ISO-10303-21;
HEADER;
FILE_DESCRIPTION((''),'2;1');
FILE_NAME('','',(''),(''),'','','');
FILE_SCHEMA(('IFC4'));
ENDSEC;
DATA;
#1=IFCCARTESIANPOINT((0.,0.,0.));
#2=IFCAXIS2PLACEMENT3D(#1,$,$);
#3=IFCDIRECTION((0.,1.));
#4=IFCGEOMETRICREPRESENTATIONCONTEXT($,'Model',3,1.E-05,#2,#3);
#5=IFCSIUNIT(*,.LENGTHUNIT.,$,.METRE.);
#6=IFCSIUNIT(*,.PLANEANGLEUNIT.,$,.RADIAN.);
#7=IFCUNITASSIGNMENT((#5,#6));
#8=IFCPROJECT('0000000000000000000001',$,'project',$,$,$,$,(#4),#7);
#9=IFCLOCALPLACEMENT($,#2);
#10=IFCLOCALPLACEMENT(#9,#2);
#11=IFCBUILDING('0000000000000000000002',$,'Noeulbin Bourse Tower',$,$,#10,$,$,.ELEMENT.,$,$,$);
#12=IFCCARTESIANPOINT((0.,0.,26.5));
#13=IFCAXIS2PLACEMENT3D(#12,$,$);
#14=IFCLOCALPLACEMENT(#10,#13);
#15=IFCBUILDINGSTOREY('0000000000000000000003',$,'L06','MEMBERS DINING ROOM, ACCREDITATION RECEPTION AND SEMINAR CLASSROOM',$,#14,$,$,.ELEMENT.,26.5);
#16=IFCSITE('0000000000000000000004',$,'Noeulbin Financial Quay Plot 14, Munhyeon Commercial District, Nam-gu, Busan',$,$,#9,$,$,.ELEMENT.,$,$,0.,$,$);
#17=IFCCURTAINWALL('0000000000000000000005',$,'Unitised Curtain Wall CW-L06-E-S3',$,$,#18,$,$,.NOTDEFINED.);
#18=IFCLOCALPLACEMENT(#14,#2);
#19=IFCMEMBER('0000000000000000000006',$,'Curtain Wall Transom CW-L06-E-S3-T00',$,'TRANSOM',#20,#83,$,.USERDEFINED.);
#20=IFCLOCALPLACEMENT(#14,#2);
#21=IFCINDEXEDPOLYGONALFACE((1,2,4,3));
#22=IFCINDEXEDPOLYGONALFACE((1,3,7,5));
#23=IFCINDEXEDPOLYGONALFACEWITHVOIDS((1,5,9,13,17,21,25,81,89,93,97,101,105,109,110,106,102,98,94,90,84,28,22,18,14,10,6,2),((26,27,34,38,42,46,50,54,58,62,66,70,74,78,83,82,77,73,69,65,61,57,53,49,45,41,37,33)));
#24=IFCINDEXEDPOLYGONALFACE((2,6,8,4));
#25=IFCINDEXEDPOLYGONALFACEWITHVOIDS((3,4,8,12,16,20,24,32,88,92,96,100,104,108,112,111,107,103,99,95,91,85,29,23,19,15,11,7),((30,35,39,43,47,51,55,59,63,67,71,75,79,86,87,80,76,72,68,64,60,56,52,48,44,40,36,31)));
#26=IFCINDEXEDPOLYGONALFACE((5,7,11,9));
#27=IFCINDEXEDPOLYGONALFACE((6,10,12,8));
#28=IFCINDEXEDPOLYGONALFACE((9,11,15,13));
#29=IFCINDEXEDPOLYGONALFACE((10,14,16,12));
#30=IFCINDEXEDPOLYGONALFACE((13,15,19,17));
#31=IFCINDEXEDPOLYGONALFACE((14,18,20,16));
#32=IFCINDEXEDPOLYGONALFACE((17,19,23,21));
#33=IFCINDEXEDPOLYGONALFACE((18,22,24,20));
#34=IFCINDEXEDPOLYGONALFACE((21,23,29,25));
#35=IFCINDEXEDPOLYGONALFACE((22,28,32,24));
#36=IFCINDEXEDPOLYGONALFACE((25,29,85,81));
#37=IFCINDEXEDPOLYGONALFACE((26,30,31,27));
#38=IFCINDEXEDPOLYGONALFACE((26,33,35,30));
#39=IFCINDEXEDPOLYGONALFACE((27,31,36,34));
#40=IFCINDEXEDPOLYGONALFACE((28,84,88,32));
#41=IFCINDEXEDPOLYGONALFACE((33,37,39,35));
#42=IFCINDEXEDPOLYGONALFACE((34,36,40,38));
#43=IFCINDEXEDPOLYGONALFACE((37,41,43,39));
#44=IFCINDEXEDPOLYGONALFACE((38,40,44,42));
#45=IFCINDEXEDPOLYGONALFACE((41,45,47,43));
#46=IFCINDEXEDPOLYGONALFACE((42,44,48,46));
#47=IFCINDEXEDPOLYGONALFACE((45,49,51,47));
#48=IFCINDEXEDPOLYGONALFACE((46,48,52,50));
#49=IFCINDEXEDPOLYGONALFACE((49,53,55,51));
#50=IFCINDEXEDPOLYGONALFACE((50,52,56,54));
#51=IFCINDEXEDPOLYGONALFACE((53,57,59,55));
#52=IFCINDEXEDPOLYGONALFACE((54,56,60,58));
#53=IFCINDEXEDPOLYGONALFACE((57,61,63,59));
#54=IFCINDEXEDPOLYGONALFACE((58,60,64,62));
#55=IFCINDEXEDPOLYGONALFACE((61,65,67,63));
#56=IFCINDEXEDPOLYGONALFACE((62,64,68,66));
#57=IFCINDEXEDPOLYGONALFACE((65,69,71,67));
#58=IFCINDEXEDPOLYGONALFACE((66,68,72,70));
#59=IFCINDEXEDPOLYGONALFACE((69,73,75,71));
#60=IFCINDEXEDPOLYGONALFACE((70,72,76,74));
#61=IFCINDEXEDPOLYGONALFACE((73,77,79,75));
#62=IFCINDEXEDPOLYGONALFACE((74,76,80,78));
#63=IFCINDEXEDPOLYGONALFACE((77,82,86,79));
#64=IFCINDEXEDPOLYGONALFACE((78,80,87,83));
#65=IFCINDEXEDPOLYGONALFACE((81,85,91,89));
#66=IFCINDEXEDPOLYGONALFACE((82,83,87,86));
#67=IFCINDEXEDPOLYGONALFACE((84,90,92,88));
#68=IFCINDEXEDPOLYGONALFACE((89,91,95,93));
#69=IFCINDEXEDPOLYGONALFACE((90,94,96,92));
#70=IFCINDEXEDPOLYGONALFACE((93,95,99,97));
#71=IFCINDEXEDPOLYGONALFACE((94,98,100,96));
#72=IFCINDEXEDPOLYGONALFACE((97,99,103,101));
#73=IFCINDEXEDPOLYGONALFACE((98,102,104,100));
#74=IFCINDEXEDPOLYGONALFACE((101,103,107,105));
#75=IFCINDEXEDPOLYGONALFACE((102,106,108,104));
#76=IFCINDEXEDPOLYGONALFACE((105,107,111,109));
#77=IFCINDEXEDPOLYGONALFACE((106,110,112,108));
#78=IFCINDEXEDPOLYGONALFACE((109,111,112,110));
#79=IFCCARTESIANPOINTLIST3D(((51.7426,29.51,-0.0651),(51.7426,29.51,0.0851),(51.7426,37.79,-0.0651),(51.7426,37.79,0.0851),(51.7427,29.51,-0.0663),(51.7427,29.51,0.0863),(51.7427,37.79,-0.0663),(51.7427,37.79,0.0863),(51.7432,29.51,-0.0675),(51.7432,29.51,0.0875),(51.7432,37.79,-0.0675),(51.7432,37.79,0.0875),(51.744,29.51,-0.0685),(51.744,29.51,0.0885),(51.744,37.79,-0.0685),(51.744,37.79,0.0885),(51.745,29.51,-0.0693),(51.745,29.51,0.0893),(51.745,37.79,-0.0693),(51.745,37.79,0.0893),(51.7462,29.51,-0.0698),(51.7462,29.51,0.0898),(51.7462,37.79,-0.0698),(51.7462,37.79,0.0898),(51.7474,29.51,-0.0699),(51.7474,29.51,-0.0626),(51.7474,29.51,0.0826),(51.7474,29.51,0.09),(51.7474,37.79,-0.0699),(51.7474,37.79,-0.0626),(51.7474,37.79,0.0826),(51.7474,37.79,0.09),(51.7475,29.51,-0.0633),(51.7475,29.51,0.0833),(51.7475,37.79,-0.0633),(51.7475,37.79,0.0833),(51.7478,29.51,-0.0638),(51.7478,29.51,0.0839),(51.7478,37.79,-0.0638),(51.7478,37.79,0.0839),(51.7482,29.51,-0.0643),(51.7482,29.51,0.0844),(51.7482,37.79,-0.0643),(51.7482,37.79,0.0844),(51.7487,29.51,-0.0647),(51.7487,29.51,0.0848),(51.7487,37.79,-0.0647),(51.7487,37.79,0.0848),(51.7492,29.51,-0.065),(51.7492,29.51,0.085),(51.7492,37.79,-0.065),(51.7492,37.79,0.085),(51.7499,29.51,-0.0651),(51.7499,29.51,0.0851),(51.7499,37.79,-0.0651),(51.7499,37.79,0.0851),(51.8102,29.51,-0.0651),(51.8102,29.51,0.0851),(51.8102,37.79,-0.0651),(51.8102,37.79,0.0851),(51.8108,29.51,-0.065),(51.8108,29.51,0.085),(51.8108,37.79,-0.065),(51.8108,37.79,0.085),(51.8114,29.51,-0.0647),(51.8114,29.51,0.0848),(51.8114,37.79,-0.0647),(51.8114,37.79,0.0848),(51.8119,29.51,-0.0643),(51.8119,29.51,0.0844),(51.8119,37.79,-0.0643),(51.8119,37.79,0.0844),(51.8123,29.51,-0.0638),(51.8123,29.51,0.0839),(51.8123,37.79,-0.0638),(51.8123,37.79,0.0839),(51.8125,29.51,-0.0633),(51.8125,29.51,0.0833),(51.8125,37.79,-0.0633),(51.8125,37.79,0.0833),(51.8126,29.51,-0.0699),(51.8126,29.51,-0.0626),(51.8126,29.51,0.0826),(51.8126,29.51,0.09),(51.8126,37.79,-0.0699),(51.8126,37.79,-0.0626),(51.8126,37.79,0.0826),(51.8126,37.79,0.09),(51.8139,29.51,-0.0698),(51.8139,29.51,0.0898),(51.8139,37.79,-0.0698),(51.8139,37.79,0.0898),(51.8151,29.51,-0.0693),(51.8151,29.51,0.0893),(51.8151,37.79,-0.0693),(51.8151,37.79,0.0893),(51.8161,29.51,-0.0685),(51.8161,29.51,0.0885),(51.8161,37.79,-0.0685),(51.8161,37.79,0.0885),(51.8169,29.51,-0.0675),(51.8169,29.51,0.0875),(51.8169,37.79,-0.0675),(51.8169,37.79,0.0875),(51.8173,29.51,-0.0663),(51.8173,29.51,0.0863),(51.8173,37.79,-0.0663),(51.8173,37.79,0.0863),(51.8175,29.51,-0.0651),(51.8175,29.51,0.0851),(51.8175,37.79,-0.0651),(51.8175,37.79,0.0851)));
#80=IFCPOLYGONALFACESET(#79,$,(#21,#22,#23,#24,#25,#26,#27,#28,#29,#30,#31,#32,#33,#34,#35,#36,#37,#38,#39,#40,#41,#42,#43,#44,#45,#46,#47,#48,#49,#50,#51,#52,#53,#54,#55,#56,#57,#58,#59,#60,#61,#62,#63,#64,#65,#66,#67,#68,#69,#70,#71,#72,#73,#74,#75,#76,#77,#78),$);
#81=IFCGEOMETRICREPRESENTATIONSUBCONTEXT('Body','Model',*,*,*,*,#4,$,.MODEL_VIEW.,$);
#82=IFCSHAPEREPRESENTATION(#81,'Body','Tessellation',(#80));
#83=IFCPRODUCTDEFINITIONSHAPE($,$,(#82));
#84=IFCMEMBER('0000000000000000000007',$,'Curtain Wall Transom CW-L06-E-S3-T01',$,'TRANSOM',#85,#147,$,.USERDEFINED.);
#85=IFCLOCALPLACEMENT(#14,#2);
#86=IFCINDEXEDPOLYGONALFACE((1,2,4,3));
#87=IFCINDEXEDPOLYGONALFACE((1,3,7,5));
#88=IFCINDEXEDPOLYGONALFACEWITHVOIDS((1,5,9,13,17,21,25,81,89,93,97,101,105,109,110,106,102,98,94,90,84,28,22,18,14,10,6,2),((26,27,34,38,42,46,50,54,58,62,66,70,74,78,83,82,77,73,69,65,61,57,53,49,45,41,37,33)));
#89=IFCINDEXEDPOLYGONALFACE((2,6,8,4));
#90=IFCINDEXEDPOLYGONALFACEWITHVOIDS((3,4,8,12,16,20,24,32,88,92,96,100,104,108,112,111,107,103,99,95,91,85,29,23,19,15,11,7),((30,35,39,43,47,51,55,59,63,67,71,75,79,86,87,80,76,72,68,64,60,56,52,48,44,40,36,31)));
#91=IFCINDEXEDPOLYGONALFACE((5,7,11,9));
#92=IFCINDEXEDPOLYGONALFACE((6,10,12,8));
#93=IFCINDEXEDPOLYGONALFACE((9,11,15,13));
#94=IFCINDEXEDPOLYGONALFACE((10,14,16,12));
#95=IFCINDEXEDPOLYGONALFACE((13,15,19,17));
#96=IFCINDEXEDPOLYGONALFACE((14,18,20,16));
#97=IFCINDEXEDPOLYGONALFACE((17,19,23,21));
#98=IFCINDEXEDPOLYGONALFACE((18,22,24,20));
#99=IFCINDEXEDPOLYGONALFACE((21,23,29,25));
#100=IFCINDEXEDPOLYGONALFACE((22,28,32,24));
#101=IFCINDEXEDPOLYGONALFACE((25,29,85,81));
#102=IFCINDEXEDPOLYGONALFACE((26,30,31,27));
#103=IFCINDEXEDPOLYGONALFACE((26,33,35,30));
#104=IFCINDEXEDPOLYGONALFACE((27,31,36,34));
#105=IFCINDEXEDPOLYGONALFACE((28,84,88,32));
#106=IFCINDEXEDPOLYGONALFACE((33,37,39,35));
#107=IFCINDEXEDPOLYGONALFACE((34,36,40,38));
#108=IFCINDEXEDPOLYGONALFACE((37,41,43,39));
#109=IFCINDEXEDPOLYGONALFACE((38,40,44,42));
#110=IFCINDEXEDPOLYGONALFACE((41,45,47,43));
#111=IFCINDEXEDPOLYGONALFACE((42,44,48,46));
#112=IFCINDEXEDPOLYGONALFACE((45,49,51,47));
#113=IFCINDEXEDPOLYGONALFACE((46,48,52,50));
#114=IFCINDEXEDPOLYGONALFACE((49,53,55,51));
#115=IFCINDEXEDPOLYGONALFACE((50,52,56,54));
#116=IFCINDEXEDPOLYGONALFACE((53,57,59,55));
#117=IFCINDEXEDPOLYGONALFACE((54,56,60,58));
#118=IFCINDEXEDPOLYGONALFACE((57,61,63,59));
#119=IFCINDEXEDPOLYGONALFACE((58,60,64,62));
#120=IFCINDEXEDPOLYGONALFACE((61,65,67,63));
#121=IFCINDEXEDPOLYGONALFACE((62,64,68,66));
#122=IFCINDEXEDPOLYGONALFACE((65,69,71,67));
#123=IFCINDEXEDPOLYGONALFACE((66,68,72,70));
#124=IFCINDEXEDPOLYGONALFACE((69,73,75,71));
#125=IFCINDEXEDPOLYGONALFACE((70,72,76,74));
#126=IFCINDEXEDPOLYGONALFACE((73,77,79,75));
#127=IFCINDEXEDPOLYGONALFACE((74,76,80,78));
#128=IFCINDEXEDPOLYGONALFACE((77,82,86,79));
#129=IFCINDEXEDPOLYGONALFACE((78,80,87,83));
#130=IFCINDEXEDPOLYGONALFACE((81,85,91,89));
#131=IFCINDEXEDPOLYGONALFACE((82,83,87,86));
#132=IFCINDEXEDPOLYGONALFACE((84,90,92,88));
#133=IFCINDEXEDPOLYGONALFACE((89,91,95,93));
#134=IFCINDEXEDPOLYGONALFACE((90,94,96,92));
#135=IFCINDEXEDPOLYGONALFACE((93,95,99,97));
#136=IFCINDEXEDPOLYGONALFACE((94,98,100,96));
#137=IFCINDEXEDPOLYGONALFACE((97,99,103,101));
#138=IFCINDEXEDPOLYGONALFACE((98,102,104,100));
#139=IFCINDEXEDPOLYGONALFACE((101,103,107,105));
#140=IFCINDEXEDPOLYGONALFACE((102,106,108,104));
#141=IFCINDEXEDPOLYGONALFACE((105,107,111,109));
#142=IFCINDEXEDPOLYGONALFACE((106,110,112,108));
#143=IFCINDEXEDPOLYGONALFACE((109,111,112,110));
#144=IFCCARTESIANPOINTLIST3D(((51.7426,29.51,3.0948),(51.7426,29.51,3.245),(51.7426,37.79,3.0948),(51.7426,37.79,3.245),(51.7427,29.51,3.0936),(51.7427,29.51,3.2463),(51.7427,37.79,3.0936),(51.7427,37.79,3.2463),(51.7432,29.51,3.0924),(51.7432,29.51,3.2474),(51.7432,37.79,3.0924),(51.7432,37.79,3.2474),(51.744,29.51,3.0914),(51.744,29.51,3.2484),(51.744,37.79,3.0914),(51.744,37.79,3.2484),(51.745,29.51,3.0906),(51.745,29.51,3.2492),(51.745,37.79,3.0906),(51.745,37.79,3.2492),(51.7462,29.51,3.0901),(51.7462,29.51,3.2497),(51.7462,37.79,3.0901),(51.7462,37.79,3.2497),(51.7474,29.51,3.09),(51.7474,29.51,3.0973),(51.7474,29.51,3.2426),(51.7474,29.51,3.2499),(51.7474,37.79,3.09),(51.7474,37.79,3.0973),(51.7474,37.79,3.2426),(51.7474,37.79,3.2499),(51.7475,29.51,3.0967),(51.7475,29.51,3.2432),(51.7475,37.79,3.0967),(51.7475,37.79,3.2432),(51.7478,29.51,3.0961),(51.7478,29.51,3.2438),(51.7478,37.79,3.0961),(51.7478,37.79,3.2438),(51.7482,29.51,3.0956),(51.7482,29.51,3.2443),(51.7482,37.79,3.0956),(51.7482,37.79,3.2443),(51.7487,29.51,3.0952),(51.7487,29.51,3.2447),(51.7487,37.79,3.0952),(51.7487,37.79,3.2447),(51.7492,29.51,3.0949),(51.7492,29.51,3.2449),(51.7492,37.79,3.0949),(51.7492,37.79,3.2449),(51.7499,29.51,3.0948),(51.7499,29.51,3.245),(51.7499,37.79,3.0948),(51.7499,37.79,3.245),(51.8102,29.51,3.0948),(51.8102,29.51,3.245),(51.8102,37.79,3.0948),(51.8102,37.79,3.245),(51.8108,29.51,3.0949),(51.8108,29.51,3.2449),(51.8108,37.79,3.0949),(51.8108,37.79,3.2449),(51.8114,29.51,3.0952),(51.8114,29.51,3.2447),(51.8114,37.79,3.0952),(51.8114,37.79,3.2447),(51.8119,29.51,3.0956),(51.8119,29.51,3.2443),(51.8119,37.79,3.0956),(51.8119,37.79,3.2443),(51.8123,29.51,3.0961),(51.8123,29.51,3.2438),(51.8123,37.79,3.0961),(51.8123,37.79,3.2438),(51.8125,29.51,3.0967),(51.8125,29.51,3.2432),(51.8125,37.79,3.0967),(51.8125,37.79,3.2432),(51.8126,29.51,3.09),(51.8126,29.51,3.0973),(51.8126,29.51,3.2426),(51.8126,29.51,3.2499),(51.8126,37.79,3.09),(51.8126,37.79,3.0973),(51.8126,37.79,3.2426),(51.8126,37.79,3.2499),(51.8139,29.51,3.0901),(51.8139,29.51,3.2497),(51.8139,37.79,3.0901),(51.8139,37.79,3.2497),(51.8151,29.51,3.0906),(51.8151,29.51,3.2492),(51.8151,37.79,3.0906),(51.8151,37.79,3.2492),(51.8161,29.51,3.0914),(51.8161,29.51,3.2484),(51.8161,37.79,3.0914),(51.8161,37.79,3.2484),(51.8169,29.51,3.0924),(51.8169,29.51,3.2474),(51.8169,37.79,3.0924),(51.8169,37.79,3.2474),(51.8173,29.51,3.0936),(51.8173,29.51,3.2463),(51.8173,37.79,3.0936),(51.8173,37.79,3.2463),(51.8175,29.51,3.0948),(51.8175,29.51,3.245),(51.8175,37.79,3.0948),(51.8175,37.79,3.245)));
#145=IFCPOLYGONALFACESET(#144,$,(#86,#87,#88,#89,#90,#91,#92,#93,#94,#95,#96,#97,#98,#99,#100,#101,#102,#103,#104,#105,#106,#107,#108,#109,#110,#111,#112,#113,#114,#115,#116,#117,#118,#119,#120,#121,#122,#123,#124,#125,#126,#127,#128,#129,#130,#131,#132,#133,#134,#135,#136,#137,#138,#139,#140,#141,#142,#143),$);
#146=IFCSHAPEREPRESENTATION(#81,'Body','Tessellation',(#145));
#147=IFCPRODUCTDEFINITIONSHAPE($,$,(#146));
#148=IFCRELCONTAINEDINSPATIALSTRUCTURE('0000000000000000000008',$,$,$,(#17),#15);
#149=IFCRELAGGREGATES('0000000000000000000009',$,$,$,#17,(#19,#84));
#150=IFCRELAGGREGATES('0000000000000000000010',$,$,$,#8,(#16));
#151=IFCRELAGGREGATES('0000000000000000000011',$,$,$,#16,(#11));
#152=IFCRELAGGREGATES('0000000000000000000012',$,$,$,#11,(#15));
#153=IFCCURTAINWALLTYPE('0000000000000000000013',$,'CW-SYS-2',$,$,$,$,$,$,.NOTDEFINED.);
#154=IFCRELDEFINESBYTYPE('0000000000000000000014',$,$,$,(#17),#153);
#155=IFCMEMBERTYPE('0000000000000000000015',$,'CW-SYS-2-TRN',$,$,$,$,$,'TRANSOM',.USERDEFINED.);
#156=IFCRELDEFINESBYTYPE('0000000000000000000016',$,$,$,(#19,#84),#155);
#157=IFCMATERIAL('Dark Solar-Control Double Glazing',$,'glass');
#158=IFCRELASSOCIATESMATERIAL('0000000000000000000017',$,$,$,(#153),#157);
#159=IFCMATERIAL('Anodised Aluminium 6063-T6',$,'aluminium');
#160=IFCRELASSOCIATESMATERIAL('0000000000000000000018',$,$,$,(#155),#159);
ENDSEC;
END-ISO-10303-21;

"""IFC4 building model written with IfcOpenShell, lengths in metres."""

from ifc_helpers import new_model, si_unit, direction, frame, origin, origin_2d, place, context, subcontext, project, spatial, hollow_rectangle, extrude, material, material_profile, profile_set, type_object, element, aggregate, save


model = new_model("IFC4")

# Units and contexts
model_context = context("Model", 3, precision=1e-05, world=origin(), true_north=direction((0.0, 1.0)))
body_context = subcontext(model_context, "Body", "Model", "MODEL_VIEW")
ifc_project = project(units=[si_unit("LENGTHUNIT", "METRE"), si_unit("PLANEANGLEUNIT", "RADIAN")], contexts=[model_context])

# Site, building, storey
site_placement = place(None, origin())
site = spatial("IfcSite", under=ifc_project, at=site_placement, Name="Noeulbin Financial Quay Plot 14, Munhyeon Commercial District, Nam-gu, Busan", CompositionType="ELEMENT", RefElevation=0.0)
building_placement = place(site_placement, origin())
building = spatial("IfcBuilding", under=site, at=building_placement, Name="Noeulbin Bourse Tower", CompositionType="ELEMENT")
storey_placement = place(building_placement, frame((0.0, 0.0, 26.5)))
storey = spatial("IfcBuildingStorey", under=building, at=storey_placement, Name="L06", Description="MEMBERS DINING ROOM, ACCREDITATION RECEPTION AND SEMINAR CLASSROOM", CompositionType="ELEMENT", Elevation=26.5)

# Shared definitions
ifc_material_1 = material(Name="Dark Solar-Control Double Glazing", Category="glass")
curtain_wall_type = type_object("IfcCurtainWallType", Name="CW-SYS-2", PredefinedType="NOTDEFINED", material=ifc_material_1)
ifc_material_2 = material(Name="Anodised Aluminium 6063-T6", Category="aluminium")

# Curtain wall
curtain_wall_1_placement = place(storey_placement, origin())
curtain_wall_1 = element("IfcCurtainWall", 1, at=curtain_wall_1_placement, inside=storey, type_object=curtain_wall_type, Name="Unitised Curtain Wall CW-L06-E-S3", PredefinedType="NOTDEFINED")

# Members
ifc_material_profile_1 = material_profile(ifc_material_2, hollow_rectangle(XDim=0.075, YDim=0.1599, WallThickness=0.0049, InnerFilletRadius=0.0024, OuterFilletRadius=0.0049, at=origin_2d()), Name="ALU-TRAN-75x160x5", Category="LoadBearing")
ifc_profile_set_1 = profile_set([ifc_material_profile_1], Name="Anodised Aluminium 6063-T6")
member_type_1 = type_object("IfcMemberType", Name="CW-SYS-2-TRN", ElementType="TRANSOM", PredefinedType="USERDEFINED", material=ifc_profile_set_1)
member_1_placement = place(storey_placement, frame((51.78, 29.51, 0.01), z_axis=(0.0, 1.0, 0.0), x_axis=(-1.0, 0.0, 0.0)))
member_1 = element("IfcMember", 2, at=member_1_placement, type_object=member_type_1, Name="Curtain Wall Transom CW-L06-E-S3-T00", ObjectType="TRANSOM", PredefinedType="USERDEFINED", context=body_context, shape_type="SweptSolid", body=[
    extrude(hollow_rectangle(XDim=0.075, YDim=0.1599, WallThickness=0.0049, InnerFilletRadius=0.0024, OuterFilletRadius=0.0049, at=origin_2d()), origin(), (0.0, 0.0, 1.0), 8.28),
])
member_2_placement = place(storey_placement, frame((51.78, 29.51, 3.1699), z_axis=(0.0, 1.0, 0.0), x_axis=(-1.0, 0.0, 0.0)))
member_2 = element("IfcMember", 3, at=member_2_placement, type_object=member_type_1, Name="Curtain Wall Transom CW-L06-E-S3-T01", ObjectType="TRANSOM", PredefinedType="USERDEFINED", context=body_context, shape_type="SweptSolid", body=[
    extrude(hollow_rectangle(XDim=0.075, YDim=0.1599, WallThickness=0.0049, InnerFilletRadius=0.0024, OuterFilletRadius=0.0049, at=origin_2d()), origin(), (0.0, 0.0, 1.0), 8.28),
])

aggregate(curtain_wall_1, [member_1, member_2])

save(model, "model.ifc")
